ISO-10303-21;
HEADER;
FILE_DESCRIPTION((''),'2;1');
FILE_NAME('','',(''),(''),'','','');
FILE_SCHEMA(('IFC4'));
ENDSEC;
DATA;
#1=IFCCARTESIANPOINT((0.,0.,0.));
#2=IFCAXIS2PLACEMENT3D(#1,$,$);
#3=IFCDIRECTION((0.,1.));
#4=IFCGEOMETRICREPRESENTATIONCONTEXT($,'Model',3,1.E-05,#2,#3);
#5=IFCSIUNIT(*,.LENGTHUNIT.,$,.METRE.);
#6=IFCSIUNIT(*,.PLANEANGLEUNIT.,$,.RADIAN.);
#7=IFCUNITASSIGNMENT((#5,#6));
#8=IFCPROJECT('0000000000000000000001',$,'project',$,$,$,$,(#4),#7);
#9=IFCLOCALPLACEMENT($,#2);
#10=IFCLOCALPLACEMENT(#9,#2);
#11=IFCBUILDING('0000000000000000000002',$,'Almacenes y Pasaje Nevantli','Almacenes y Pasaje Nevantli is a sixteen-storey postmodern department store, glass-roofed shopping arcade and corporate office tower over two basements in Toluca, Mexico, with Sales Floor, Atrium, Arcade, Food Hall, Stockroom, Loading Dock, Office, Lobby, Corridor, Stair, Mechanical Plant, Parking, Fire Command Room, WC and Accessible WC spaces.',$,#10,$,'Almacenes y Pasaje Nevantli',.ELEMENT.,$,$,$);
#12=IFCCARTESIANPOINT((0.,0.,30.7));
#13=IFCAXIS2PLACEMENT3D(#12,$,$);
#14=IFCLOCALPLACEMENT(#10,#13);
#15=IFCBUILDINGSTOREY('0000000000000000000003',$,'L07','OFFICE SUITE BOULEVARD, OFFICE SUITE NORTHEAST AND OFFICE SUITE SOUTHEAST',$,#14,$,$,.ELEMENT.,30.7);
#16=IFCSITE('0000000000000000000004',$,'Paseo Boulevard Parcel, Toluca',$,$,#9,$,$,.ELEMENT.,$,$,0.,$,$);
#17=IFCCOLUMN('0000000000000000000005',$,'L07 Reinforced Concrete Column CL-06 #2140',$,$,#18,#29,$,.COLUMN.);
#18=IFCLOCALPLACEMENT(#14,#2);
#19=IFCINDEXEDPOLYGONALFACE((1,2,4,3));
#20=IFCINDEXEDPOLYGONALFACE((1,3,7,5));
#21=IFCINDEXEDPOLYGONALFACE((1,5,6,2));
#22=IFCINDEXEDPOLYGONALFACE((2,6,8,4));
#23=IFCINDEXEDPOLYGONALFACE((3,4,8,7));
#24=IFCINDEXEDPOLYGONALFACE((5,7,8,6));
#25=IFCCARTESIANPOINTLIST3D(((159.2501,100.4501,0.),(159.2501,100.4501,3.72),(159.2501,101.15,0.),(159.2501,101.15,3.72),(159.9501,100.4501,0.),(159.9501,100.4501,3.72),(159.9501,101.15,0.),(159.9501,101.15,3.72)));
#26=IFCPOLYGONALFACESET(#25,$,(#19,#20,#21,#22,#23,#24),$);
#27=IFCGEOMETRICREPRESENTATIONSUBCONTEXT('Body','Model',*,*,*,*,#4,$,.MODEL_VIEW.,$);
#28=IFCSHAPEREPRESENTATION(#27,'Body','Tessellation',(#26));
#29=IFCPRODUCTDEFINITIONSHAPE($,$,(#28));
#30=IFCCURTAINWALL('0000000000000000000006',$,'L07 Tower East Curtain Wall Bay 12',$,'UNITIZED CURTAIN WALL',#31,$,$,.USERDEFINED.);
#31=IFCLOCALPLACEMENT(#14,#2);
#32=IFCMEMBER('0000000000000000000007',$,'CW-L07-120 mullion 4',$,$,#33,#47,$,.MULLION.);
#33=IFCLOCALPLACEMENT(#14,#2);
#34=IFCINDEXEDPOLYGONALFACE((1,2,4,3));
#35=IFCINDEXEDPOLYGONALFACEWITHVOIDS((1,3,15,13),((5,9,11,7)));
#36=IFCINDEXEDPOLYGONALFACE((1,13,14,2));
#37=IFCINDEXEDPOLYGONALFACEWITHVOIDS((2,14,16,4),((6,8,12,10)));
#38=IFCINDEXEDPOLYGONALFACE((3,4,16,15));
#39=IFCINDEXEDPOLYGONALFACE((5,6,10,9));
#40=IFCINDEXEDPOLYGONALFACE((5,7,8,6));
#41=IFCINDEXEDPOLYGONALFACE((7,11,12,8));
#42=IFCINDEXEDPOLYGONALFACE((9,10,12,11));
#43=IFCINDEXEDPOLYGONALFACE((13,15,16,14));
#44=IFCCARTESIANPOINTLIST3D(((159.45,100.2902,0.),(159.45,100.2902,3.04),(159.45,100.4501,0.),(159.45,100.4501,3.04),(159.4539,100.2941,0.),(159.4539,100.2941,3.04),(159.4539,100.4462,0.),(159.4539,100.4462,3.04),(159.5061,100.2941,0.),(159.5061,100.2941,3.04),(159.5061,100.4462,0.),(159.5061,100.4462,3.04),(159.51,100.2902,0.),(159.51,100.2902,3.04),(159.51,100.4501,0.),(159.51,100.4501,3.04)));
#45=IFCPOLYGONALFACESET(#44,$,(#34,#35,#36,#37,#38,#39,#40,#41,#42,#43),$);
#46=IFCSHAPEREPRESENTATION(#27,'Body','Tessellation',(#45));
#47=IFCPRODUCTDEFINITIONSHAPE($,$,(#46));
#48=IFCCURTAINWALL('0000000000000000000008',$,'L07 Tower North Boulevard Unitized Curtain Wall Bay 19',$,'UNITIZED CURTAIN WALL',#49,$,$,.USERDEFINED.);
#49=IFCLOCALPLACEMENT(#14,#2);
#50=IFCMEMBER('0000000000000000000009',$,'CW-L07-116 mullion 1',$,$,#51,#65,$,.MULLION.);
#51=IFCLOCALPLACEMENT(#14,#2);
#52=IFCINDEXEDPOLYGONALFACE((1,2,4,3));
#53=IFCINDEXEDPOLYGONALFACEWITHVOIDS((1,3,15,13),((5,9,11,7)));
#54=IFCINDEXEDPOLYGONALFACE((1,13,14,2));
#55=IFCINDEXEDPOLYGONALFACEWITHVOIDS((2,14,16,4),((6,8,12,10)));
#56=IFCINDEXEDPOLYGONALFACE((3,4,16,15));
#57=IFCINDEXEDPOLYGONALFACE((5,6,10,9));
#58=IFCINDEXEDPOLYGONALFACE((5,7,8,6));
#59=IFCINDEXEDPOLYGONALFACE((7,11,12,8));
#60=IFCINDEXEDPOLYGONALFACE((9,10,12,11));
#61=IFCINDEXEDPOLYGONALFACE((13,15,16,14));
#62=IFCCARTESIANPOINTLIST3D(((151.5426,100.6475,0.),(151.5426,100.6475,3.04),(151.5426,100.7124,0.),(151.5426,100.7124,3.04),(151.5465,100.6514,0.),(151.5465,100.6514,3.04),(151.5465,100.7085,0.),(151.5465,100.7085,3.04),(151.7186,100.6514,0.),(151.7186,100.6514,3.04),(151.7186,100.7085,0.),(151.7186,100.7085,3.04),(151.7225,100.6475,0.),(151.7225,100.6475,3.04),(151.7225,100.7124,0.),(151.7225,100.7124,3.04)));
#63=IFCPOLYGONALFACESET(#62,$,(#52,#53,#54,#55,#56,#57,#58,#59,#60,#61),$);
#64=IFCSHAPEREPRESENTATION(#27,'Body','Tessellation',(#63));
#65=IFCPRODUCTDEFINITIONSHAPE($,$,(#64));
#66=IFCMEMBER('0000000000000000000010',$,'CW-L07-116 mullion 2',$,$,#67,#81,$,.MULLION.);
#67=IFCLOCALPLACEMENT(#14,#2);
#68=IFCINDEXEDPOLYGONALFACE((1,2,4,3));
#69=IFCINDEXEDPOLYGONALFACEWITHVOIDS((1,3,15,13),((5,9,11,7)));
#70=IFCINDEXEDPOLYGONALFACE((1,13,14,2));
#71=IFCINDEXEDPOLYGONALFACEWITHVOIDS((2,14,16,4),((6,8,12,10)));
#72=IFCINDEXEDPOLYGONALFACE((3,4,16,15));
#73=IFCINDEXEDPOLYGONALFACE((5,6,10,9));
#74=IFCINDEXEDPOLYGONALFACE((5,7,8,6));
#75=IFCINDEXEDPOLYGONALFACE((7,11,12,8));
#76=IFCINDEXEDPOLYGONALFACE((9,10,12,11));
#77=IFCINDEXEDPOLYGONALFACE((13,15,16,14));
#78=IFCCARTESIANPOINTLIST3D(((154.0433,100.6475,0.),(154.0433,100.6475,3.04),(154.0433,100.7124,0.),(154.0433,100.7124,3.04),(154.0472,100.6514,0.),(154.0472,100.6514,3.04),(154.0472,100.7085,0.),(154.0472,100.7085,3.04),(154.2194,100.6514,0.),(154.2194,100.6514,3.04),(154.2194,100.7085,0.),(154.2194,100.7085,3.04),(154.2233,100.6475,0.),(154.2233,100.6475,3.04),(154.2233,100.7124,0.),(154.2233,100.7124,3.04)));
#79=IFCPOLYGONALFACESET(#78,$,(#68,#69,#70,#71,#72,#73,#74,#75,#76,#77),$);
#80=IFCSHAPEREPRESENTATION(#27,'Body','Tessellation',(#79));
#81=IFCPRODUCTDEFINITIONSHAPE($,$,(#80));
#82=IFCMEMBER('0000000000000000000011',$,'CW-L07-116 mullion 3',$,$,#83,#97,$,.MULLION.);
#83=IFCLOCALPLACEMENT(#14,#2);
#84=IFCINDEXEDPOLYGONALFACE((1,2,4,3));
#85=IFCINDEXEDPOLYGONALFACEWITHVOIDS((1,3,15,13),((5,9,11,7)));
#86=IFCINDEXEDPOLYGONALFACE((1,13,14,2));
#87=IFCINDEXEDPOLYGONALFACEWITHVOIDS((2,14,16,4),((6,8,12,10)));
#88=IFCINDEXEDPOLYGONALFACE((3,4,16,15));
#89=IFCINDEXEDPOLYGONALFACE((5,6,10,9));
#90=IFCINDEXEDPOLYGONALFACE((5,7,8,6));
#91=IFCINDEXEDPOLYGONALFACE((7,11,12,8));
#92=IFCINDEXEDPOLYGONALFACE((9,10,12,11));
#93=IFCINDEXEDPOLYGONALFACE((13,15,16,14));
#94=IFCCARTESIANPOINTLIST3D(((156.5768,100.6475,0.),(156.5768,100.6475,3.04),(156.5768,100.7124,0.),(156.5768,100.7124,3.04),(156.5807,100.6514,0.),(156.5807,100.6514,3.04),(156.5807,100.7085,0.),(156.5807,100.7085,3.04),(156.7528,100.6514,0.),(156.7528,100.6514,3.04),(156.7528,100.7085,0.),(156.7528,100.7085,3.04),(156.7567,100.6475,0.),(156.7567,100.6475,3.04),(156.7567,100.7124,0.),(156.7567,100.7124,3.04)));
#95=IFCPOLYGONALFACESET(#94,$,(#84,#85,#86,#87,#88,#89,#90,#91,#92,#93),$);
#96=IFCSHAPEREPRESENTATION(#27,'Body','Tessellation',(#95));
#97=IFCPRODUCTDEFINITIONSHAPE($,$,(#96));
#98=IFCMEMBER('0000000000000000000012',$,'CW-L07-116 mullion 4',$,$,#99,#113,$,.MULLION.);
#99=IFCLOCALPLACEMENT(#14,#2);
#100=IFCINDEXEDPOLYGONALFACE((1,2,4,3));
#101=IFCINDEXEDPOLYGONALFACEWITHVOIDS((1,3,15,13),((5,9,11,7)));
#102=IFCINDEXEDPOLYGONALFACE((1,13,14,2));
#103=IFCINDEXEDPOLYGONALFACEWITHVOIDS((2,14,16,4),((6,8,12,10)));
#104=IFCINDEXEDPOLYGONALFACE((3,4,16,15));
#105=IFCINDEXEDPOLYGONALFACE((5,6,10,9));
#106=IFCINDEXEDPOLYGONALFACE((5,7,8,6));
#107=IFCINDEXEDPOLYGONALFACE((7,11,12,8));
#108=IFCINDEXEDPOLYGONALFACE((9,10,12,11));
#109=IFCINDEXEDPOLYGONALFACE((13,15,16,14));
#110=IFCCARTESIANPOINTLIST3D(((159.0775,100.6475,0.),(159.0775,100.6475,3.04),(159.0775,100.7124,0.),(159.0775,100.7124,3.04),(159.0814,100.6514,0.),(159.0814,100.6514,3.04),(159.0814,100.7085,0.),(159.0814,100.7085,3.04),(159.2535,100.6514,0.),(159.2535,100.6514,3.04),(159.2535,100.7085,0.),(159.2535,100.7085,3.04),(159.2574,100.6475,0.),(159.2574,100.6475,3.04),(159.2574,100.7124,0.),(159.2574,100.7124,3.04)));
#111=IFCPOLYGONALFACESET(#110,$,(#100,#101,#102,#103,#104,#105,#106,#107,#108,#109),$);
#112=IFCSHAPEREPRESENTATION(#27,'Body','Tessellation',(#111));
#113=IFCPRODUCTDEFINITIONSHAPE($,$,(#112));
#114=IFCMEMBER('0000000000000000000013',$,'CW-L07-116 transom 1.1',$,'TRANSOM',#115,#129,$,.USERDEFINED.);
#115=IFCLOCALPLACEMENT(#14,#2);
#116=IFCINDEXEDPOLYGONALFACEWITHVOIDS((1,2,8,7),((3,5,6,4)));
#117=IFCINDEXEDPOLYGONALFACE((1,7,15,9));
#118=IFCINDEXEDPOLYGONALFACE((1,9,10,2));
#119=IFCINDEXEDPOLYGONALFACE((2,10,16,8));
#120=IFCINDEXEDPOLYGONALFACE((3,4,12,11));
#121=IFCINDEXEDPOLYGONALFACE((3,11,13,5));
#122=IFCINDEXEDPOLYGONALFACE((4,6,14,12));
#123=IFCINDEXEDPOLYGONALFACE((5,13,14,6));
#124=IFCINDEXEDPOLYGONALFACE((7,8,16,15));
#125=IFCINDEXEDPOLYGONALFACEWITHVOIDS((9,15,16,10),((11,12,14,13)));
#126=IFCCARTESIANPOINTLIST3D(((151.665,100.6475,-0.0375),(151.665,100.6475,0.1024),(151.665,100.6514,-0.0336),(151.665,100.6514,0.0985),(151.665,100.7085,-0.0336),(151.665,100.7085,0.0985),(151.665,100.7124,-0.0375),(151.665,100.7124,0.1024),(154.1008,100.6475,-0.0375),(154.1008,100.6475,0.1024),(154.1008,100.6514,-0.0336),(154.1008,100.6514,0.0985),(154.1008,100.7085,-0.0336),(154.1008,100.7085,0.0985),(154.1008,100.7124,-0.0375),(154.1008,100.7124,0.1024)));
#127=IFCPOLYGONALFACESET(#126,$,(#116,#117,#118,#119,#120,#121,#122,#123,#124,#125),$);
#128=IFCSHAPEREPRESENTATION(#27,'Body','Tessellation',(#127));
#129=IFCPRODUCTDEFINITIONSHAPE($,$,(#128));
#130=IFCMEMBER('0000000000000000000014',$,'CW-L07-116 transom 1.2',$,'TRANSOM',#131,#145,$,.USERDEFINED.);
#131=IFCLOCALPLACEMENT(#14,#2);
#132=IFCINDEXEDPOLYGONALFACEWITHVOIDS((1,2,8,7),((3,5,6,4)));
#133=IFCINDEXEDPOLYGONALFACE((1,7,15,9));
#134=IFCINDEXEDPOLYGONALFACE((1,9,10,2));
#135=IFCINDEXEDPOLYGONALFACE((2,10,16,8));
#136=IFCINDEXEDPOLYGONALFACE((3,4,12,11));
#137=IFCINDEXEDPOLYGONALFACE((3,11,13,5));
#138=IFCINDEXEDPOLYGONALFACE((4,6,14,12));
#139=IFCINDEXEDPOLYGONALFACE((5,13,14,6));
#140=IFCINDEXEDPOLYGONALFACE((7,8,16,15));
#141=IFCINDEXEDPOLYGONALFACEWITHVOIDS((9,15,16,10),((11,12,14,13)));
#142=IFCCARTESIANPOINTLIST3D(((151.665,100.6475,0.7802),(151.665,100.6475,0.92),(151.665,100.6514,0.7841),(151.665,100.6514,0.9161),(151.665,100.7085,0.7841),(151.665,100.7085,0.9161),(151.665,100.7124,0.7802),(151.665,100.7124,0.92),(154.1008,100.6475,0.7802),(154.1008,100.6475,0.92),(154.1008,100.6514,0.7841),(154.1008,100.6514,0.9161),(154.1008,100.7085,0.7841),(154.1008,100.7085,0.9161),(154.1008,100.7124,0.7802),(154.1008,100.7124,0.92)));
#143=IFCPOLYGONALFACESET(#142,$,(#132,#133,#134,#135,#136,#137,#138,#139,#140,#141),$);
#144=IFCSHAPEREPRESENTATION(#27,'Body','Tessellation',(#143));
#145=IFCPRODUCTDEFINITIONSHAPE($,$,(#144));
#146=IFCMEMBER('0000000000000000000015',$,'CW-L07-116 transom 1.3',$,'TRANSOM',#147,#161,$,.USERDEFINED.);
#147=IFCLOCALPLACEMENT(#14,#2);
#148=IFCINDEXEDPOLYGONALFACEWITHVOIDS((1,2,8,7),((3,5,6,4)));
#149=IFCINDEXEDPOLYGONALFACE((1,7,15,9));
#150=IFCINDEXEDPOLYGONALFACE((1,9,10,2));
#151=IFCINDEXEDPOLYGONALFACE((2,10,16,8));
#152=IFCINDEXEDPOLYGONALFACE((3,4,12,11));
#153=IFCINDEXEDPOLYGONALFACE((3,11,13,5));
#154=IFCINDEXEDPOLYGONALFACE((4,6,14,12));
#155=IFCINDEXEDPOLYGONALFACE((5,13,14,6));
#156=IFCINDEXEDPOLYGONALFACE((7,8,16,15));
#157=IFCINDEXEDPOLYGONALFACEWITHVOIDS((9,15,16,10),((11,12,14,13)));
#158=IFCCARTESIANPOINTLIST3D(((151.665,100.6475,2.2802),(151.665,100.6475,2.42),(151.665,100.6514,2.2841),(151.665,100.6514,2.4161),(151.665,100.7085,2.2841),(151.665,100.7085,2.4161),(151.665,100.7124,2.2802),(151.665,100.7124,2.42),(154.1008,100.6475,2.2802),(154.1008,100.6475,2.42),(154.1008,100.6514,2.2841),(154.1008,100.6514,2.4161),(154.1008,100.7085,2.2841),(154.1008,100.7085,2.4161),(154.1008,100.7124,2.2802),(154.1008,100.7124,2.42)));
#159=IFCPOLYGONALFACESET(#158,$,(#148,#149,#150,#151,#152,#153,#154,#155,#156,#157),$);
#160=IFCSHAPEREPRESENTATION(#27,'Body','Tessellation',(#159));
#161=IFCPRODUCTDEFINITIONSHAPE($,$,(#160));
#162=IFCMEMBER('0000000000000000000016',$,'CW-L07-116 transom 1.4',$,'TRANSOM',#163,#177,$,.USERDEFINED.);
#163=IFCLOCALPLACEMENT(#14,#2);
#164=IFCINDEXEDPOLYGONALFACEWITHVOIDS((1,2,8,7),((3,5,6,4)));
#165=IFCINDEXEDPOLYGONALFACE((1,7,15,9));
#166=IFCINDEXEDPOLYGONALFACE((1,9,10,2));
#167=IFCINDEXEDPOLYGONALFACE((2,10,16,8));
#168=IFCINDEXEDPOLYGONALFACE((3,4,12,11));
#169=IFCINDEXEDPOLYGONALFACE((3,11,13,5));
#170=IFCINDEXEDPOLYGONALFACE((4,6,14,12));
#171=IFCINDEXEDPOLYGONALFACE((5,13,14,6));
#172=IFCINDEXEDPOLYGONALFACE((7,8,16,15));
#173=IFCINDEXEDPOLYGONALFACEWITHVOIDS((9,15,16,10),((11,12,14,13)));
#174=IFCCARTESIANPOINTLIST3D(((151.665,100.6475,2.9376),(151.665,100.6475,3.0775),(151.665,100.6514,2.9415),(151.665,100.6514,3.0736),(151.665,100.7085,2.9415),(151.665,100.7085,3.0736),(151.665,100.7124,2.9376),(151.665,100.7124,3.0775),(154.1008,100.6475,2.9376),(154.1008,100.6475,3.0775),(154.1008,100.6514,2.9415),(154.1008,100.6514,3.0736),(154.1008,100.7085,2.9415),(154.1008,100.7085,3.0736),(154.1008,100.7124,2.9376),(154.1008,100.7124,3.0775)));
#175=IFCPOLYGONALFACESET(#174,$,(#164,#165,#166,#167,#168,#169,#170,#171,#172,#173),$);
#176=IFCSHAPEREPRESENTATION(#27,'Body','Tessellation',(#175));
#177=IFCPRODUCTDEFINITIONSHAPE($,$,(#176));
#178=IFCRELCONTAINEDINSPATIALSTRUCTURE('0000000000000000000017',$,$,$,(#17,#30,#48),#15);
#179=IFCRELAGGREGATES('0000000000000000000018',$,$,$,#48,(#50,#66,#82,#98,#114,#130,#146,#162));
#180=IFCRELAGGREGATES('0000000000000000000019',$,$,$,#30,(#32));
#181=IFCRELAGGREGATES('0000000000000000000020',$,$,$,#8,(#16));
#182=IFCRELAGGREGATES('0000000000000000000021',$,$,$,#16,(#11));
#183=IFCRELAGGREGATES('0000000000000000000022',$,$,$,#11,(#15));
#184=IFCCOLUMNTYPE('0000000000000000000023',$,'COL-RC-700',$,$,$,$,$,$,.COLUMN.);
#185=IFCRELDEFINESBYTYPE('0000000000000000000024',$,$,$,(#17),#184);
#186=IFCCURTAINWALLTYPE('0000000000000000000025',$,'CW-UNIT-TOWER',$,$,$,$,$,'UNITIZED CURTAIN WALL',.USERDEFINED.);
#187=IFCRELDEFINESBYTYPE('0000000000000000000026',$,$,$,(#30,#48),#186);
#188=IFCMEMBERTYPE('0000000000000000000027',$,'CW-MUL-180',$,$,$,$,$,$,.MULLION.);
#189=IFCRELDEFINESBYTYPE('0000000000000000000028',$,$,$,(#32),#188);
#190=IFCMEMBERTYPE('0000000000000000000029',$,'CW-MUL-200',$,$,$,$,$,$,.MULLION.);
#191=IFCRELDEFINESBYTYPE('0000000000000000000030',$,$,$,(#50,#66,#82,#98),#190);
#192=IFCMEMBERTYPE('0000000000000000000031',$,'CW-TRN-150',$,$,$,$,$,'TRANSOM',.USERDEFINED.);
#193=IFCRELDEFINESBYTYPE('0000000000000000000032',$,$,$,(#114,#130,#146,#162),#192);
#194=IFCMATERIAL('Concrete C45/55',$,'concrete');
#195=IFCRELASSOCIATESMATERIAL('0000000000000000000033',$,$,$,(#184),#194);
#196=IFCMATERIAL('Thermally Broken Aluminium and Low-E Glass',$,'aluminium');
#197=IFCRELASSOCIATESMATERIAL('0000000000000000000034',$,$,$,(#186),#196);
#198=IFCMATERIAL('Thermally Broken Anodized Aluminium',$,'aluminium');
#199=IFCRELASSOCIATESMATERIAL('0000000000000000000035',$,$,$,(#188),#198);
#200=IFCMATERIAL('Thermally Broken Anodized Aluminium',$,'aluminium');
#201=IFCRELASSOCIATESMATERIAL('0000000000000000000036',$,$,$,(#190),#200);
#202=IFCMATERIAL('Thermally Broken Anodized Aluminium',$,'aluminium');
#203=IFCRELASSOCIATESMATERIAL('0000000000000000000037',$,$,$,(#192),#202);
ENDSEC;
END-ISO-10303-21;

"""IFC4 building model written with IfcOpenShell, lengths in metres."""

from ifc_helpers import new_model, si_unit, direction, frame, origin, origin_2d, place, context, subcontext, project, spatial, rectangle, hollow_rectangle, extrude, material, material_profile, profile_set, type_object, element, aggregate, save


model = new_model("IFC4")

# Units and contexts
model_context = context("Model", 3, precision=1e-05, world=origin(), true_north=direction((0.0, 1.0)))
body_context = subcontext(model_context, "Body", "Model", "MODEL_VIEW")
ifc_project = project(units=[si_unit("LENGTHUNIT", "METRE"), si_unit("PLANEANGLEUNIT", "RADIAN")], contexts=[model_context])

# Site, building, storey
site_placement = place(None, origin())
site = spatial("IfcSite", under=ifc_project, at=site_placement, Name="Paseo Boulevard Parcel, Toluca", CompositionType="ELEMENT", RefElevation=0.0)
building_placement = place(site_placement, origin())
building = spatial("IfcBuilding", under=site, at=building_placement, Name="Almacenes y Pasaje Nevantli", Description="Almacenes y Pasaje Nevantli is a sixteen-storey postmodern department store, glass-roofed shopping arcade and corporate office tower over two basements in Toluca, Mexico, with Sales Floor, Atrium, Arcade, Food Hall, Stockroom, Loading Dock, Office, Lobby, Corridor, Stair, Mechanical Plant, Parking, Fire Command Room, WC and Accessible WC spaces.", LongName="Almacenes y Pasaje Nevantli", CompositionType="ELEMENT")
storey_placement = place(building_placement, frame((0.0, 0.0, 30.7)))
storey = spatial("IfcBuildingStorey", under=building, at=storey_placement, Name="L07", Description="OFFICE SUITE BOULEVARD, OFFICE SUITE NORTHEAST AND OFFICE SUITE SOUTHEAST", CompositionType="ELEMENT", Elevation=30.7)

# Column
ifc_material_1 = material(Name="Concrete C45/55", Category="concrete")
ifc_material_profile_1 = material_profile(ifc_material_1, rectangle(XDim=0.7, YDim=0.7, at=origin_2d()), Name="RC-COL-700x700")
ifc_profile_set_1 = profile_set([ifc_material_profile_1], Name="Concrete C45/55")
column_type = type_object("IfcColumnType", Name="COL-RC-700", PredefinedType="COLUMN", material=ifc_profile_set_1)
column_placement = place(storey_placement, frame((159.6001, 100.8, 0.0), z_axis=(0.0, 0.0, 1.0), x_axis=(1.0, 0.0, 0.0)))
element("IfcColumn", 1, at=column_placement, inside=storey, type_object=column_type, Name="L07 Reinforced Concrete Column CL-06 #2140", PredefinedType="COLUMN", context=body_context, shape_type="SweptSolid", body=[
    extrude(rectangle(XDim=0.7, YDim=0.7, at=origin_2d()), origin(), (0.0, 0.0, 1.0), 3.72),
])

# Curtain wall, member
ifc_material_2 = material(Name="Thermally Broken Aluminium and Low-E Glass", Category="aluminium")
curtain_wall_type = type_object("IfcCurtainWallType", Name="CW-UNIT-TOWER", ElementType="UNITIZED CURTAIN WALL", PredefinedType="USERDEFINED", material=ifc_material_2)
curtain_wall_1_placement = place(storey_placement, origin())
curtain_wall_1 = element("IfcCurtainWall", 2, at=curtain_wall_1_placement, inside=storey, type_object=curtain_wall_type, Name="L07 Tower East Curtain Wall Bay 12", ObjectType="UNITIZED CURTAIN WALL", PredefinedType="USERDEFINED")
ifc_material_3 = material(Name="Thermally Broken Anodized Aluminium", Category="aluminium")
ifc_material_profile_2 = material_profile(ifc_material_3, hollow_rectangle(XDim=0.0601, YDim=0.1599, WallThickness=0.0039, at=origin_2d()), Name="ALU-MUL-60x160")
ifc_profile_set_2 = profile_set([ifc_material_profile_2], Name="Thermally Broken Anodized Aluminium")
member_type_1 = type_object("IfcMemberType", Name="CW-MUL-180", PredefinedType="MULLION", material=ifc_profile_set_2)
member_1_placement = place(storey_placement, frame((159.48, 100.3701, 0.0), z_axis=(0.0, 0.0, 1.0), x_axis=(-1.0, 0.0, 0.0)))
member_1 = element("IfcMember", 3, at=member_1_placement, type_object=member_type_1, Name="CW-L07-120 mullion 4", PredefinedType="MULLION", context=body_context, shape_type="SweptSolid", body=[
    extrude(hollow_rectangle(XDim=0.0601, YDim=0.1599, WallThickness=0.0039, at=origin_2d()), origin(), (0.0, 0.0, 1.0), 3.04),
])

# Curtain wall, members
curtain_wall_2_placement = place(storey_placement, origin())
curtain_wall_2 = element("IfcCurtainWall", 4, at=curtain_wall_2_placement, inside=storey, type_object=curtain_wall_type, Name="L07 Tower North Boulevard Unitized Curtain Wall Bay 19", ObjectType="UNITIZED CURTAIN WALL", PredefinedType="USERDEFINED")
ifc_material_4 = material(Name="Thermally Broken Anodized Aluminium", Category="aluminium")
ifc_material_profile_3 = material_profile(ifc_material_4, hollow_rectangle(XDim=0.0649, YDim=0.1799, WallThickness=0.0039, at=origin_2d()), Name="ALU-MUL-65x180")
ifc_profile_set_3 = profile_set([ifc_material_profile_3], Name="Thermally Broken Anodized Aluminium")
member_type_2 = type_object("IfcMemberType", Name="CW-MUL-200", PredefinedType="MULLION", material=ifc_profile_set_3)
member_2_placement = place(storey_placement, frame((151.6326, 100.6799, 0.0), z_axis=(0.0, 0.0, 1.0), x_axis=(0.0, 1.0, 0.0)))
member_2 = element("IfcMember", 5, at=member_2_placement, type_object=member_type_2, Name="CW-L07-116 mullion 1", PredefinedType="MULLION", context=body_context, shape_type="SweptSolid", body=[
    extrude(hollow_rectangle(XDim=0.0649, YDim=0.1799, WallThickness=0.0039, at=origin_2d()), origin(), (0.0, 0.0, 1.0), 3.04),
])
member_3_placement = place(storey_placement, frame((154.1333, 100.6799, 0.0), z_axis=(0.0, 0.0, 1.0), x_axis=(0.0, 1.0, 0.0)))
member_3 = element("IfcMember", 6, at=member_3_placement, type_object=member_type_2, Name="CW-L07-116 mullion 2", PredefinedType="MULLION", context=body_context, shape_type="SweptSolid", body=[
    extrude(hollow_rectangle(XDim=0.0649, YDim=0.1799, WallThickness=0.0039, at=origin_2d()), origin(), (0.0, 0.0, 1.0), 3.04),
])
member_4_placement = place(storey_placement, frame((156.6667, 100.6799, 0.0), z_axis=(0.0, 0.0, 1.0), x_axis=(0.0, 1.0, 0.0)))
member_4 = element("IfcMember", 7, at=member_4_placement, type_object=member_type_2, Name="CW-L07-116 mullion 3", PredefinedType="MULLION", context=body_context, shape_type="SweptSolid", body=[
    extrude(hollow_rectangle(XDim=0.0649, YDim=0.1799, WallThickness=0.0039, at=origin_2d()), origin(), (0.0, 0.0, 1.0), 3.04),
])
member_5_placement = place(storey_placement, frame((159.1675, 100.6799, 0.0), z_axis=(0.0, 0.0, 1.0), x_axis=(0.0, 1.0, 0.0)))
member_5 = element("IfcMember", 8, at=member_5_placement, type_object=member_type_2, Name="CW-L07-116 mullion 4", PredefinedType="MULLION", context=body_context, shape_type="SweptSolid", body=[
    extrude(hollow_rectangle(XDim=0.0649, YDim=0.1799, WallThickness=0.0039, at=origin_2d()), origin(), (0.0, 0.0, 1.0), 3.04),
])
ifc_material_5 = material(Name="Thermally Broken Anodized Aluminium", Category="aluminium")
ifc_material_profile_4 = material_profile(ifc_material_5, hollow_rectangle(XDim=0.0649, YDim=0.1399, WallThickness=0.0039, at=origin_2d()), Name="ALU-TRN-65x140")
ifc_profile_set_4 = profile_set([ifc_material_profile_4], Name="Thermally Broken Anodized Aluminium")
member_type_3 = type_object("IfcMemberType", Name="CW-TRN-150", ElementType="TRANSOM", PredefinedType="USERDEFINED", material=ifc_profile_set_4)
member_6_placement = place(storey_placement, frame((151.665, 100.6799, 0.0325), z_axis=(1.0, 0.0, 0.0), x_axis=(0.0, 1.0, 0.0)))
member_6 = element("IfcMember", 9, at=member_6_placement, type_object=member_type_3, Name="CW-L07-116 transom 1.1", ObjectType="TRANSOM", PredefinedType="USERDEFINED", context=body_context, shape_type="SweptSolid", body=[
    extrude(hollow_rectangle(XDim=0.0649, YDim=0.1399, WallThickness=0.0039, at=origin_2d()), origin(), (0.0, 0.0, 1.0), 2.4358),
])
member_7_placement = place(storey_placement, frame((151.665, 100.6799, 0.8501), z_axis=(1.0, 0.0, 0.0), x_axis=(0.0, 1.0, 0.0)))
member_7 = element("IfcMember", 10, at=member_7_placement, type_object=member_type_3, Name="CW-L07-116 transom 1.2", ObjectType="TRANSOM", PredefinedType="USERDEFINED", context=body_context, shape_type="SweptSolid", body=[
    extrude(hollow_rectangle(XDim=0.0649, YDim=0.1399, WallThickness=0.0039, at=origin_2d()), origin(), (0.0, 0.0, 1.0), 2.4358),
])
member_8_placement = place(storey_placement, frame((151.665, 100.6799, 2.3501), z_axis=(1.0, 0.0, 0.0), x_axis=(0.0, 1.0, 0.0)))
member_8 = element("IfcMember", 11, at=member_8_placement, type_object=member_type_3, Name="CW-L07-116 transom 1.3", ObjectType="TRANSOM", PredefinedType="USERDEFINED", context=body_context, shape_type="SweptSolid", body=[
    extrude(hollow_rectangle(XDim=0.0649, YDim=0.1399, WallThickness=0.0039, at=origin_2d()), origin(), (0.0, 0.0, 1.0), 2.4358),
])
member_9_placement = place(storey_placement, frame((151.665, 100.6799, 3.0076), z_axis=(1.0, 0.0, 0.0), x_axis=(0.0, 1.0, 0.0)))
member_9 = element("IfcMember", 12, at=member_9_placement, type_object=member_type_3, Name="CW-L07-116 transom 1.4", ObjectType="TRANSOM", PredefinedType="USERDEFINED", context=body_context, shape_type="SweptSolid", body=[
    extrude(hollow_rectangle(XDim=0.0649, YDim=0.1399, WallThickness=0.0039, at=origin_2d()), origin(), (0.0, 0.0, 1.0), 2.4358),
])
aggregate(curtain_wall_2, [member_2, member_3, member_4, member_5, member_6, member_7, member_8, member_9])

aggregate(curtain_wall_1, [member_1])

save(model, "model.ifc")
